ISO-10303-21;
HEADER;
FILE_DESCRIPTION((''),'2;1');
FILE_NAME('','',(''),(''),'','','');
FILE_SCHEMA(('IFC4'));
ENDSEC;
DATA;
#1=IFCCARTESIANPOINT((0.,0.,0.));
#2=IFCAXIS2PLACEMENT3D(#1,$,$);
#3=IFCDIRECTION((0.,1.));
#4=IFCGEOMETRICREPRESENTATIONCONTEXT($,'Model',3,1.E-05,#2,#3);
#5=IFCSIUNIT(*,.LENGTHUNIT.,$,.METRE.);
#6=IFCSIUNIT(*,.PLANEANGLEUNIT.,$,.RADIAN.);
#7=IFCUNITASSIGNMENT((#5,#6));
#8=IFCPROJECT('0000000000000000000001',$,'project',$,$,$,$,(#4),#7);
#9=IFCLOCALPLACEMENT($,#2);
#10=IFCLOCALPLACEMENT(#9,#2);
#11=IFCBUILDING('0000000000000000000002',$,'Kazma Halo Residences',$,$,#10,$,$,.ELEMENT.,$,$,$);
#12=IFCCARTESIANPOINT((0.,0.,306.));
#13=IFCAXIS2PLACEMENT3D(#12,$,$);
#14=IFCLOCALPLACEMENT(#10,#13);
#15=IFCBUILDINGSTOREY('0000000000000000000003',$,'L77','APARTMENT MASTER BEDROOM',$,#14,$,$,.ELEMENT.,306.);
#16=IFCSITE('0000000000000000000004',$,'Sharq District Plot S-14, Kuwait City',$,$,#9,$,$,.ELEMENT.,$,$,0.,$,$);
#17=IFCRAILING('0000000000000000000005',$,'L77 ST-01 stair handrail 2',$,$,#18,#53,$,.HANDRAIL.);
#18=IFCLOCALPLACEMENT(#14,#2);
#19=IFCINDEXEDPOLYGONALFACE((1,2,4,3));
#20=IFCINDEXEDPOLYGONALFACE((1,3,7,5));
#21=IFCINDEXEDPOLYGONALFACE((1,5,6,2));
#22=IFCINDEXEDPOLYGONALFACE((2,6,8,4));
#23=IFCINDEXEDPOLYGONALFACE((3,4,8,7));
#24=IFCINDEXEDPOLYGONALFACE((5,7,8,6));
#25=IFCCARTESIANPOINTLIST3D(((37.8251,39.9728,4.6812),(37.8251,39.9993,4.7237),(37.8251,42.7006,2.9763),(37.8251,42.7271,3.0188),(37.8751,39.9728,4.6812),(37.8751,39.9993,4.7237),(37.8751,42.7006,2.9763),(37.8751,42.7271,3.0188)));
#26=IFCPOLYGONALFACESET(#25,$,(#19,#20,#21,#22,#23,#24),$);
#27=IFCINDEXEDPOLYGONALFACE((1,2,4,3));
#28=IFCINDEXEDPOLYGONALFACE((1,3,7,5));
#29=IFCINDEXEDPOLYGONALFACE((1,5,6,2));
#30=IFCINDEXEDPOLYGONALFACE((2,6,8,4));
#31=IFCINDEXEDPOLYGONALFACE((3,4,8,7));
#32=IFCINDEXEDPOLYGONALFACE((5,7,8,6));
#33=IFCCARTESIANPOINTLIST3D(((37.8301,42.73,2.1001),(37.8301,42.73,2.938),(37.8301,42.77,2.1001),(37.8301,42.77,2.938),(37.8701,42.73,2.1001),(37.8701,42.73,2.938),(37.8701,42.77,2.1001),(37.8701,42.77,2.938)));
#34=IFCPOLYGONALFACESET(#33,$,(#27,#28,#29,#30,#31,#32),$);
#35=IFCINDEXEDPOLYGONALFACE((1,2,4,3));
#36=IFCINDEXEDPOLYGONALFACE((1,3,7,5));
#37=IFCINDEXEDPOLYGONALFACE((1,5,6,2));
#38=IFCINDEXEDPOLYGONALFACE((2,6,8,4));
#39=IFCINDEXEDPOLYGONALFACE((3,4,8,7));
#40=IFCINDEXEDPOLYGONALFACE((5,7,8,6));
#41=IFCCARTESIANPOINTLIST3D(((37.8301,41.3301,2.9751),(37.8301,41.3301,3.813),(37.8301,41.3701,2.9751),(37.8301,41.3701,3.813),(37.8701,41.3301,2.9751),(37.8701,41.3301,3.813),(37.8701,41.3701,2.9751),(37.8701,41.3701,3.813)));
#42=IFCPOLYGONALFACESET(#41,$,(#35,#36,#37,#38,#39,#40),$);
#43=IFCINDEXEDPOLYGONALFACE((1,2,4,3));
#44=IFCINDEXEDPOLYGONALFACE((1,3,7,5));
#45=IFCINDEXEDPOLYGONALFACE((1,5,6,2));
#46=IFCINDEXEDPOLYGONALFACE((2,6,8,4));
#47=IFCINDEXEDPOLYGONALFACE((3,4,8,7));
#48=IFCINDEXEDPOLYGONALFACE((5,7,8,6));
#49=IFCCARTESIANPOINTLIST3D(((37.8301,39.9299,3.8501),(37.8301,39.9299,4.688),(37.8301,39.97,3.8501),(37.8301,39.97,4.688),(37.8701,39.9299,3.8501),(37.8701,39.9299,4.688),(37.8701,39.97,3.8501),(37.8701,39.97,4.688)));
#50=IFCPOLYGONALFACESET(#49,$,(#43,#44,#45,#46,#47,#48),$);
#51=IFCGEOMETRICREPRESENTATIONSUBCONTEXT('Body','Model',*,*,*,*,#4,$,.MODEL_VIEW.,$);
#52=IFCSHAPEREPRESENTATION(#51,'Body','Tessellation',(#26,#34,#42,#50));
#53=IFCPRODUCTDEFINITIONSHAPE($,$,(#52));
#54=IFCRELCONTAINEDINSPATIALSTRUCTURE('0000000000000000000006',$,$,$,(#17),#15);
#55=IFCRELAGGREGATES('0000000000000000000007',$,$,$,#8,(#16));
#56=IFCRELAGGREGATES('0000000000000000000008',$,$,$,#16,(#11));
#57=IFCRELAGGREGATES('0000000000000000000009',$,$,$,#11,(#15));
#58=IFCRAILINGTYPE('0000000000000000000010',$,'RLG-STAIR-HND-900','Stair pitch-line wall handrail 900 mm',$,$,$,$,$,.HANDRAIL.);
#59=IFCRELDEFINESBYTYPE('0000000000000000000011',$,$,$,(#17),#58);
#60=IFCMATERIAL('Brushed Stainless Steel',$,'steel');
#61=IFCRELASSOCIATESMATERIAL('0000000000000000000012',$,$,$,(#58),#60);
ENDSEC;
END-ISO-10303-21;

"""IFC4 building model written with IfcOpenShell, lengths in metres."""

from ifc_helpers import new_model, si_unit, direction, frame, origin, origin_2d, place, context, subcontext, project, spatial, rectangle, extrude, material, type_object, element, save


model = new_model("IFC4")

# Units and contexts
model_context = context("Model", 3, precision=1e-05, world=origin(), true_north=direction((0.0, 1.0)))
body_context = subcontext(model_context, "Body", "Model", "MODEL_VIEW")
ifc_project = project(units=[si_unit("LENGTHUNIT", "METRE"), si_unit("PLANEANGLEUNIT", "RADIAN")], contexts=[model_context])

# Site, building, storey
site_placement = place(None, origin())
site = spatial("IfcSite", under=ifc_project, at=site_placement, Name="Sharq District Plot S-14, Kuwait City", CompositionType="ELEMENT", RefElevation=0.0)
building_placement = place(site_placement, origin())
building = spatial("IfcBuilding", under=site, at=building_placement, Name="Kazma Halo Residences", CompositionType="ELEMENT")
storey_placement = place(building_placement, frame((0.0, 0.0, 306.0)))
storey = spatial("IfcBuildingStorey", under=building, at=storey_placement, Name="L77", Description="APARTMENT MASTER BEDROOM", CompositionType="ELEMENT", Elevation=306.0)

# Railing
ifc_material_1 = material(Name="Brushed Stainless Steel", Category="steel")
railing_type_1 = type_object("IfcRailingType", Name="RLG-STAIR-HND-900", Description="Stair pitch-line wall handrail 900 mm", PredefinedType="HANDRAIL", material=ifc_material_1)
railing_1_placement = place(storey_placement, frame((37.8501, 42.75, 2.1001)))
element("IfcRailing", 1, at=railing_1_placement, inside=storey, type_object=railing_type_1, Name="L77 ST-01 stair handrail 2", PredefinedType="HANDRAIL", context=body_context, shape_type="SweptSolid", body=[
    extrude(rectangle(XDim=0.05, YDim=0.05, at=origin_2d()), frame((0.0, -0.0361, 0.8975), z_axis=(0.0, -0.848002, 0.529992), x_axis=(1.0, 0.0, 0.0)), (0.0, 0.0, 1.0), 3.2168),
    extrude(rectangle(XDim=0.04, YDim=0.04, at=origin_2d()), origin(), (0.0, 0.0, 1.0), 0.8379),
    extrude(rectangle(XDim=0.04, YDim=0.04, at=origin_2d()), frame((0.0, -1.3999, 0.875)), (0.0, 0.0, 1.0), 0.8379),
    extrude(rectangle(XDim=0.04, YDim=0.04, at=origin_2d()), frame((0.0, -2.8, 1.75)), (0.0, 0.0, 1.0), 0.8379),
])

save(model, "model.ifc")
